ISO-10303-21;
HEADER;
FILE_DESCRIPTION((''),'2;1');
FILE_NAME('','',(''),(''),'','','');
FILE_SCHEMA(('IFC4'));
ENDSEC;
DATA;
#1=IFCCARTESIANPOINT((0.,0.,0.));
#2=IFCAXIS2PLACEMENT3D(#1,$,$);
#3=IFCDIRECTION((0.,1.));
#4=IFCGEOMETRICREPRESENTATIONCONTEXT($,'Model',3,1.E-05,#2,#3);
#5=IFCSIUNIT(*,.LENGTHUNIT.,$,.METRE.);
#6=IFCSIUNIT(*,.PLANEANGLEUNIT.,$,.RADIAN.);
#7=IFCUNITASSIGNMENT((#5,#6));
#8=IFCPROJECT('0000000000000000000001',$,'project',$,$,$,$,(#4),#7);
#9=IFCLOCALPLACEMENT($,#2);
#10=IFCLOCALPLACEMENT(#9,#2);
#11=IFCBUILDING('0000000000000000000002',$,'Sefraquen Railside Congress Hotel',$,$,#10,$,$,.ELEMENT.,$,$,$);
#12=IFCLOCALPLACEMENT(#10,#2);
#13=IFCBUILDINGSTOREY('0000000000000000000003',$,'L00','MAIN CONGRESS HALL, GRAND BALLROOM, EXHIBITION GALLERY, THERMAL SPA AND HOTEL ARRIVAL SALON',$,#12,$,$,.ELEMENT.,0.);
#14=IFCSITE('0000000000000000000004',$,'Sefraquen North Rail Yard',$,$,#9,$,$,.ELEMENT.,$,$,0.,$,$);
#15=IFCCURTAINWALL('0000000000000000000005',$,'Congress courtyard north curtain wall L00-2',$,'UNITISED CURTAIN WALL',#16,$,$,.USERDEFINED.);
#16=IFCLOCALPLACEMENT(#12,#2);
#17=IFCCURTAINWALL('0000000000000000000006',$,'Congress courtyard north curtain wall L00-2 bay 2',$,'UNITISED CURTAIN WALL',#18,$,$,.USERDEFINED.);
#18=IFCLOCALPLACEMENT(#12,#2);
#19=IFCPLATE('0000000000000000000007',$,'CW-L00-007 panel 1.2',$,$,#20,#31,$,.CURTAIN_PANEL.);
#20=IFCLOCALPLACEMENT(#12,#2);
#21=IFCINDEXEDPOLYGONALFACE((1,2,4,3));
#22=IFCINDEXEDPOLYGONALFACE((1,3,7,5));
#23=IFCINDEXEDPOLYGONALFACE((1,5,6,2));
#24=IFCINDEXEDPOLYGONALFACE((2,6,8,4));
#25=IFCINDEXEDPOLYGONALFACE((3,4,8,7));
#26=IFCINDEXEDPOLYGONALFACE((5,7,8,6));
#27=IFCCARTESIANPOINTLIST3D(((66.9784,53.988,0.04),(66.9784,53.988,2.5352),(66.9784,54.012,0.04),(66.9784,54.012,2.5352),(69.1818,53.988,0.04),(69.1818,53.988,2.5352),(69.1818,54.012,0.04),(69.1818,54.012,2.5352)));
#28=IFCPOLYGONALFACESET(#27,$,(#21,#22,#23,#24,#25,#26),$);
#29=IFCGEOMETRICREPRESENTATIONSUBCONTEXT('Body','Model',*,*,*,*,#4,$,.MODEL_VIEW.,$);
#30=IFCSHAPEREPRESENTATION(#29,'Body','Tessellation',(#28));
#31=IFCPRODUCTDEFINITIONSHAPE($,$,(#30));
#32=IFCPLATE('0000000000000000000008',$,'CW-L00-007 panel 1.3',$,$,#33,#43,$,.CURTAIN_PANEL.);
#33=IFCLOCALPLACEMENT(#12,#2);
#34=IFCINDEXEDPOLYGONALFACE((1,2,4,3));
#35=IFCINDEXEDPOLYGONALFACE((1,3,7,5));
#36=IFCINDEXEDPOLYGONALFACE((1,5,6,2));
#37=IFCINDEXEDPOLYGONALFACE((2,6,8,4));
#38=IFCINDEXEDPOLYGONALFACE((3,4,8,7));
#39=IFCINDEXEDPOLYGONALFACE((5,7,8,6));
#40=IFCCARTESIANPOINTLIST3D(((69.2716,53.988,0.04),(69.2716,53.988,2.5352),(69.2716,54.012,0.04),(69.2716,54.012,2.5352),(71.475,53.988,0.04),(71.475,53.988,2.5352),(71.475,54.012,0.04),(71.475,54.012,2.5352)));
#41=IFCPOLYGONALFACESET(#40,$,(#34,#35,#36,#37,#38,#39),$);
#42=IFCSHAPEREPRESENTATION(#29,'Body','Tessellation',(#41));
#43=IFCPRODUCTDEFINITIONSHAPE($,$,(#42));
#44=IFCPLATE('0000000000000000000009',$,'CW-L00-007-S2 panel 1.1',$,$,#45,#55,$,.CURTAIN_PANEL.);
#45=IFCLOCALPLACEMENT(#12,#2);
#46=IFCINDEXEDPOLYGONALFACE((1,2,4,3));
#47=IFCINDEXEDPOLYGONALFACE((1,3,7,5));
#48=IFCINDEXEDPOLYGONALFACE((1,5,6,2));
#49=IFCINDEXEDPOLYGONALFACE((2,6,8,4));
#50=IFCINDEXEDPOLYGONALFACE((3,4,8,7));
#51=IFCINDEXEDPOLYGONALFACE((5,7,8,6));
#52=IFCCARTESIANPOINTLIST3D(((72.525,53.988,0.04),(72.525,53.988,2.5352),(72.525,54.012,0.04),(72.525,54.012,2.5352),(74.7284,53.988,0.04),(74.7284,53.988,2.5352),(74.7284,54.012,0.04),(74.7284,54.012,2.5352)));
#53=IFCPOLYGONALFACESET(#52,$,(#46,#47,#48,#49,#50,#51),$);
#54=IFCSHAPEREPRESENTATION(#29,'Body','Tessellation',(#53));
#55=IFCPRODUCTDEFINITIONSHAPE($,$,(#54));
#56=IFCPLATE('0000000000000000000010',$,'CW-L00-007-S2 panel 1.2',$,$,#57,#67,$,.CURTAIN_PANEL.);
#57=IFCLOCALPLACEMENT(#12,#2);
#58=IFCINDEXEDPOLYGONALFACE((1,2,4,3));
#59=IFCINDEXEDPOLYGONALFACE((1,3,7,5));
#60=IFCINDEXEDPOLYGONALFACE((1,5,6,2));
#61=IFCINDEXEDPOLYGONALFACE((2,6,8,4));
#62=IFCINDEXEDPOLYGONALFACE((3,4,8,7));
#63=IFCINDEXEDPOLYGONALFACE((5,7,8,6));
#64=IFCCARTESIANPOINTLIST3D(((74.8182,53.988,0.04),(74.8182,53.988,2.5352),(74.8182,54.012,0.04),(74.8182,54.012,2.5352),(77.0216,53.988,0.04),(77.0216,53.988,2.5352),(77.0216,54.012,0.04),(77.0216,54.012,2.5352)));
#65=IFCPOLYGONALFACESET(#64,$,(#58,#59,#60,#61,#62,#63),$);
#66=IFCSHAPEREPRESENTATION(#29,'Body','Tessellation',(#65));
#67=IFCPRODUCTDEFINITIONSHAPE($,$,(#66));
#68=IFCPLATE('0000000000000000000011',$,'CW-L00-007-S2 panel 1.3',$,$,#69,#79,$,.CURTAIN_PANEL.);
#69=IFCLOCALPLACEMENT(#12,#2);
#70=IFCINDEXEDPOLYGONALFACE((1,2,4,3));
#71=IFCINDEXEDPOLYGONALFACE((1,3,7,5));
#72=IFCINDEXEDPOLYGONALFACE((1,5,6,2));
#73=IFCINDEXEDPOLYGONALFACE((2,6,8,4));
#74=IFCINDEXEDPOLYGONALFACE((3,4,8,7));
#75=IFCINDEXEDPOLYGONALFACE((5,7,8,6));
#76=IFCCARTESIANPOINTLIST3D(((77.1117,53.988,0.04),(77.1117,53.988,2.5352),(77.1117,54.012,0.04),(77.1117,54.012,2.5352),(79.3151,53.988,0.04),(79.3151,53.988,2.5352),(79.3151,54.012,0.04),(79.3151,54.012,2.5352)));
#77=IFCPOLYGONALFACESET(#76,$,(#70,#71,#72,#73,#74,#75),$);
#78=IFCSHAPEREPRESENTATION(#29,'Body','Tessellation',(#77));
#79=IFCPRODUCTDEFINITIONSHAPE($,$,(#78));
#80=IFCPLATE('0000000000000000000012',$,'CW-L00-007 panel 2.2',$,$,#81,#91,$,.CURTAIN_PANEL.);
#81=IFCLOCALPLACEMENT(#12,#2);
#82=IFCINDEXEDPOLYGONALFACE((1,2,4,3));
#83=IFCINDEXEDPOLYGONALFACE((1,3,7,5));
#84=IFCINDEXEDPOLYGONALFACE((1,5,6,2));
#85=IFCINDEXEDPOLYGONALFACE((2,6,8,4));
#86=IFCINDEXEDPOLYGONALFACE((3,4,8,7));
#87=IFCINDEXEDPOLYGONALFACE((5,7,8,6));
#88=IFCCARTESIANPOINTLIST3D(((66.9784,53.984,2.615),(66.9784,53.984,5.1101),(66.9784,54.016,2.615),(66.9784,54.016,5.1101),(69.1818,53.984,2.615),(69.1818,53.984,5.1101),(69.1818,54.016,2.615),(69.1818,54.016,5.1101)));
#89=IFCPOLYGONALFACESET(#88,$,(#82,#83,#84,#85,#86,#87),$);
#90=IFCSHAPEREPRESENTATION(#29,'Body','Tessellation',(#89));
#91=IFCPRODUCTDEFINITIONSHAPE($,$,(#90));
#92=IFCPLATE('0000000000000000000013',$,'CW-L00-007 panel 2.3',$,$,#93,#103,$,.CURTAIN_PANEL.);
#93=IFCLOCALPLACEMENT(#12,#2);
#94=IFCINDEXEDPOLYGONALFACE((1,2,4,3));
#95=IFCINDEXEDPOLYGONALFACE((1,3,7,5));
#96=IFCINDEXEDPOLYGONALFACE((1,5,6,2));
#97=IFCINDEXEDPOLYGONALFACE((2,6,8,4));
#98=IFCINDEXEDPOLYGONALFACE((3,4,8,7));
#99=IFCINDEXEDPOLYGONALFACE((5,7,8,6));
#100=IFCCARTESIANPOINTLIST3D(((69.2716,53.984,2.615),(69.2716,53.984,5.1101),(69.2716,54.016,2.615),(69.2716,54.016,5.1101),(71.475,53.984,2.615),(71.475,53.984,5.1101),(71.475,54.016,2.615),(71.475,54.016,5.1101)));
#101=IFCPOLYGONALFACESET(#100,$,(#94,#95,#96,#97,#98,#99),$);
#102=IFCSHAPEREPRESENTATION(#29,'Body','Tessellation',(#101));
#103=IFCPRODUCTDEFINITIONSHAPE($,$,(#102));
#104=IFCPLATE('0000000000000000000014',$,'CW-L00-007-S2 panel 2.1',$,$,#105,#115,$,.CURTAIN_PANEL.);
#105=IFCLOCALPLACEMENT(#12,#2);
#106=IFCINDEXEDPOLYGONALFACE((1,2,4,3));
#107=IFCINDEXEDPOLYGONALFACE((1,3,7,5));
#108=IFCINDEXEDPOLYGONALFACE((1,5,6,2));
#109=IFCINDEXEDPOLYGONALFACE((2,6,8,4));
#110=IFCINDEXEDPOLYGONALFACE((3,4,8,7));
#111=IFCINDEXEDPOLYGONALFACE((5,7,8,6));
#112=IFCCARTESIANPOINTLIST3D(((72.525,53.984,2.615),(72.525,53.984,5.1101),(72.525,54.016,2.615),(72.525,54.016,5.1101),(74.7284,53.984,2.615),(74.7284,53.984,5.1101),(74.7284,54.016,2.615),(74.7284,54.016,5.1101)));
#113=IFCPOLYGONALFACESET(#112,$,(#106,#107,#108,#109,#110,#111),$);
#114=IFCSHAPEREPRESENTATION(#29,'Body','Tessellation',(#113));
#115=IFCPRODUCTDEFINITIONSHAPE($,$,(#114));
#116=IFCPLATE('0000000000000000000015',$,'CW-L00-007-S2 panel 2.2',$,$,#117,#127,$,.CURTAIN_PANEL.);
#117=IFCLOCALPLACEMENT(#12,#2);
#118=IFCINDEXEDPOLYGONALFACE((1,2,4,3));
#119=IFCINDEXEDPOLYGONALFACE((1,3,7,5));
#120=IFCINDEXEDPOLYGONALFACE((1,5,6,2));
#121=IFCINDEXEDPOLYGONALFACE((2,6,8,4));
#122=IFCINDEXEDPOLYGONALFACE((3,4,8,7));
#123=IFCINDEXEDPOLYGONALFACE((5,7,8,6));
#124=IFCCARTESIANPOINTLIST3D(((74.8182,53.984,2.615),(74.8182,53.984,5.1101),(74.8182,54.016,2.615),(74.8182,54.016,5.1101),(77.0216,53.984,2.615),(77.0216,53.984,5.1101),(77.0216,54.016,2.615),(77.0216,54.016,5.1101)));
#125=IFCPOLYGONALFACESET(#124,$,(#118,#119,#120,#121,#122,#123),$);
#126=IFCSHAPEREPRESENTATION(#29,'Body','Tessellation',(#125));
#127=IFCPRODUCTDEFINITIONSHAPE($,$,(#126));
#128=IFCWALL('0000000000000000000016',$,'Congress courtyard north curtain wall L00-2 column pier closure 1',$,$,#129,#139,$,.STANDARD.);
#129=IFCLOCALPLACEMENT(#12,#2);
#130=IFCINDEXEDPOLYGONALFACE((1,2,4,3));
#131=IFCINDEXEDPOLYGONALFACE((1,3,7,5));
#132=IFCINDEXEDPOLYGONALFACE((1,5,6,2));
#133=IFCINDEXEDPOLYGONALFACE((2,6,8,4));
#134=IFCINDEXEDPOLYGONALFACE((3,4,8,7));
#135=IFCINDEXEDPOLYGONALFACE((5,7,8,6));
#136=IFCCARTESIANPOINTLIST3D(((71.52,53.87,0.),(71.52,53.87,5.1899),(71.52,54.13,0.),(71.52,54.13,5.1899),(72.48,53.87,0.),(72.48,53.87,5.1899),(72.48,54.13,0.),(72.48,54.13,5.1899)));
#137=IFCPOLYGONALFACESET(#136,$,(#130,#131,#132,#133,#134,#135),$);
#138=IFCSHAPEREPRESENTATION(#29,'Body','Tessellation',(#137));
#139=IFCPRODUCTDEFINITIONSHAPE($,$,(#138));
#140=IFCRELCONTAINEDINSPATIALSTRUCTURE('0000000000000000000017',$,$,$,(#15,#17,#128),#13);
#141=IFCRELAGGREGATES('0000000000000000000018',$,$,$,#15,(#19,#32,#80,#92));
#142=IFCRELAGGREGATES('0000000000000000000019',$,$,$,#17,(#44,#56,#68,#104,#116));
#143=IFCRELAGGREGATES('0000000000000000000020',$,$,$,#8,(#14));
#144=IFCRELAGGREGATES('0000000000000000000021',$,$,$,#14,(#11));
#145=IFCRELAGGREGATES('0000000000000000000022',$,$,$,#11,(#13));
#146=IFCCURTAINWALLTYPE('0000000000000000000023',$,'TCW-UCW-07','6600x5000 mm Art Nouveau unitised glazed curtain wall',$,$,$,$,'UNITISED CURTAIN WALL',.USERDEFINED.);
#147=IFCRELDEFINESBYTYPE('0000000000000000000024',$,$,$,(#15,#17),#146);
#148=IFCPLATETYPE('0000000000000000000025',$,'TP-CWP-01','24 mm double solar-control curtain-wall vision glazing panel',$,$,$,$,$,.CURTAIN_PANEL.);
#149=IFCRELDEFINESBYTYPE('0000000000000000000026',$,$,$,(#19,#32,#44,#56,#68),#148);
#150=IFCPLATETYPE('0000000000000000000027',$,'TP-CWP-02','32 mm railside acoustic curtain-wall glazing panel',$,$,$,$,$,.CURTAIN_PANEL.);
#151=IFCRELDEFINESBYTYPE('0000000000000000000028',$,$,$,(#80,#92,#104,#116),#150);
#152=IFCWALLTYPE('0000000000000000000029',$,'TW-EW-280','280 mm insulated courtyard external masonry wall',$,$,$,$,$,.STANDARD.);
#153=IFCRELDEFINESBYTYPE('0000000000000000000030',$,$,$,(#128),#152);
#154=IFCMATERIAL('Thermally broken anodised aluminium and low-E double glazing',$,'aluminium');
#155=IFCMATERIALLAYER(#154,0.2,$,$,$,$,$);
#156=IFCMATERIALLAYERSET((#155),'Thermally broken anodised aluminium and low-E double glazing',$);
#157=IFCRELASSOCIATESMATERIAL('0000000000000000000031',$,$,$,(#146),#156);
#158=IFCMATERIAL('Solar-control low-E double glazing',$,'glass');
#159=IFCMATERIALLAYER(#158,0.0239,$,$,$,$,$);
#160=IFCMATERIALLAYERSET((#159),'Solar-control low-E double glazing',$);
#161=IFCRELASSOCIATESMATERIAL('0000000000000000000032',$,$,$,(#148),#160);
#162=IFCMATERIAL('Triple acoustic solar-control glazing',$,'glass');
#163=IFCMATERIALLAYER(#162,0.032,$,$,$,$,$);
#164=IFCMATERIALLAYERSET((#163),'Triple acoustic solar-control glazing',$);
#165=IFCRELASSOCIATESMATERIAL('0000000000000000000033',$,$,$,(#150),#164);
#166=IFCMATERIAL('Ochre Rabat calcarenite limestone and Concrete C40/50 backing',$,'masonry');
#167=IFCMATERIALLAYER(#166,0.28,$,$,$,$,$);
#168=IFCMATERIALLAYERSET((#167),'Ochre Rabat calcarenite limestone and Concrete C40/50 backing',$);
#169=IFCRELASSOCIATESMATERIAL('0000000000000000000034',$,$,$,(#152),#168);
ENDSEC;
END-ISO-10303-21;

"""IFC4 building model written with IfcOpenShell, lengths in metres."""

from ifc_helpers import new_model, si_unit, direction, frame, frame_2d, origin, origin_2d, place, context, subcontext, project, spatial, rectangle, extrude, material, layer, layer_set, type_object, element, aggregate, save


model = new_model("IFC4")

# Units and contexts
model_context = context("Model", 3, precision=1e-05, world=origin(), true_north=direction((0.0, 1.0)))
body_context = subcontext(model_context, "Body", "Model", "MODEL_VIEW")
ifc_project = project(units=[si_unit("LENGTHUNIT", "METRE"), si_unit("PLANEANGLEUNIT", "RADIAN")], contexts=[model_context])

# Site, building, storey
site_placement = place(None, origin())
site = spatial("IfcSite", under=ifc_project, at=site_placement, Name="Sefraquen North Rail Yard", CompositionType="ELEMENT", RefElevation=0.0)
building_placement = place(site_placement, origin())
building = spatial("IfcBuilding", under=site, at=building_placement, Name="Sefraquen Railside Congress Hotel", CompositionType="ELEMENT")
storey_placement = place(building_placement, origin())
storey = spatial("IfcBuildingStorey", under=building, at=storey_placement, Name="L00", Description="MAIN CONGRESS HALL, GRAND BALLROOM, EXHIBITION GALLERY, THERMAL SPA AND HOTEL ARRIVAL SALON", CompositionType="ELEMENT", Elevation=0.0)

# Curtain wall
ifc_material_1 = material(Name="Thermally broken anodised aluminium and low-E double glazing", Category="aluminium")
ifc_layer_1 = layer(ifc_material_1, 0.2)
ifc_layer_set_1 = layer_set([ifc_layer_1], Name="Thermally broken anodised aluminium and low-E double glazing")
curtain_wall_type = type_object("IfcCurtainWallType", Name="TCW-UCW-07", Description="6600x5000 mm Art Nouveau unitised glazed curtain wall", ElementType="UNITISED CURTAIN WALL", PredefinedType="USERDEFINED", material=ifc_layer_set_1)
curtain_wall_1_placement = place(storey_placement, origin())
curtain_wall_1 = element("IfcCurtainWall", 1, at=curtain_wall_1_placement, inside=storey, type_object=curtain_wall_type, Name="Congress courtyard north curtain wall L00-2", ObjectType="UNITISED CURTAIN WALL", PredefinedType="USERDEFINED")

# Curtain wall
curtain_wall_2_placement = place(storey_placement, origin())
curtain_wall_2 = element("IfcCurtainWall", 2, at=curtain_wall_2_placement, inside=storey, type_object=curtain_wall_type, Name="Congress courtyard north curtain wall L00-2 bay 2", ObjectType="UNITISED CURTAIN WALL", PredefinedType="USERDEFINED")

# Plates
ifc_material_2 = material(Name="Solar-control low-E double glazing", Category="glass")
ifc_layer_2 = layer(ifc_material_2, 0.0239)
ifc_layer_set_2 = layer_set([ifc_layer_2], Name="Solar-control low-E double glazing")
plate_type_1 = type_object("IfcPlateType", Name="TP-CWP-01", Description="24 mm double solar-control curtain-wall vision glazing panel", PredefinedType="CURTAIN_PANEL", material=ifc_layer_set_2)
plate_1_placement = place(storey_placement, frame((68.0801, 54.0, 0.04), z_axis=(0.0, 0.0, 1.0), x_axis=(1.0, 0.0, 0.0)))
plate_1 = element("IfcPlate", 3, at=plate_1_placement, type_object=plate_type_1, Name="CW-L00-007 panel 1.2", PredefinedType="CURTAIN_PANEL", context=body_context, shape_type="SweptSolid", body=[
    extrude(rectangle(XDim=2.2034, YDim=0.0239, at=origin_2d()), origin(), (0.0, 0.0, 1.0), 2.4951),
])
plate_2_placement = place(storey_placement, frame((70.3733, 54.0, 0.04), z_axis=(0.0, 0.0, 1.0), x_axis=(1.0, 0.0, 0.0)))
plate_2 = element("IfcPlate", 4, at=plate_2_placement, type_object=plate_type_1, Name="CW-L00-007 panel 1.3", PredefinedType="CURTAIN_PANEL", context=body_context, shape_type="SweptSolid", body=[
    extrude(rectangle(XDim=2.2034, YDim=0.0239, at=origin_2d()), origin(), (0.0, 0.0, 1.0), 2.4951),
])
plate_3_placement = place(storey_placement, frame((73.6267, 54.0, 0.04), z_axis=(0.0, 0.0, 1.0), x_axis=(1.0, 0.0, 0.0)))
plate_3 = element("IfcPlate", 5, at=plate_3_placement, type_object=plate_type_1, Name="CW-L00-007-S2 panel 1.1", PredefinedType="CURTAIN_PANEL", context=body_context, shape_type="SweptSolid", body=[
    extrude(rectangle(XDim=2.2034, YDim=0.0239, at=origin_2d()), origin(), (0.0, 0.0, 1.0), 2.4951),
])
plate_4_placement = place(storey_placement, frame((75.9199, 54.0, 0.04), z_axis=(0.0, 0.0, 1.0), x_axis=(1.0, 0.0, 0.0)))
plate_4 = element("IfcPlate", 6, at=plate_4_placement, type_object=plate_type_1, Name="CW-L00-007-S2 panel 1.2", PredefinedType="CURTAIN_PANEL", context=body_context, shape_type="SweptSolid", body=[
    extrude(rectangle(XDim=2.2034, YDim=0.0239, at=origin_2d()), origin(), (0.0, 0.0, 1.0), 2.4951),
])
plate_5_placement = place(storey_placement, frame((78.2134, 54.0, 0.04), z_axis=(0.0, 0.0, 1.0), x_axis=(1.0, 0.0, 0.0)))
plate_5 = element("IfcPlate", 7, at=plate_5_placement, type_object=plate_type_1, Name="CW-L00-007-S2 panel 1.3", PredefinedType="CURTAIN_PANEL", context=body_context, shape_type="SweptSolid", body=[
    extrude(rectangle(XDim=2.2034, YDim=0.0239, at=origin_2d()), origin(), (0.0, 0.0, 1.0), 2.4951),
])
ifc_material_3 = material(Name="Triple acoustic solar-control glazing", Category="glass")
ifc_layer_3 = layer(ifc_material_3, 0.032)
ifc_layer_set_3 = layer_set([ifc_layer_3], Name="Triple acoustic solar-control glazing")
plate_type_2 = type_object("IfcPlateType", Name="TP-CWP-02", Description="32 mm railside acoustic curtain-wall glazing panel", PredefinedType="CURTAIN_PANEL", material=ifc_layer_set_3)
plate_6_placement = place(storey_placement, frame((68.0801, 54.0, 2.615), z_axis=(0.0, 0.0, 1.0), x_axis=(1.0, 0.0, 0.0)))
plate_6 = element("IfcPlate", 8, at=plate_6_placement, type_object=plate_type_2, Name="CW-L00-007 panel 2.2", PredefinedType="CURTAIN_PANEL", context=body_context, shape_type="SweptSolid", body=[
    extrude(rectangle(XDim=2.2034, YDim=0.032, at=origin_2d()), origin(), (0.0, 0.0, 1.0), 2.4951),
])
plate_7_placement = place(storey_placement, frame((70.3733, 54.0, 2.615), z_axis=(0.0, 0.0, 1.0), x_axis=(1.0, 0.0, 0.0)))
plate_7 = element("IfcPlate", 9, at=plate_7_placement, type_object=plate_type_2, Name="CW-L00-007 panel 2.3", PredefinedType="CURTAIN_PANEL", context=body_context, shape_type="SweptSolid", body=[
    extrude(rectangle(XDim=2.2034, YDim=0.032, at=origin_2d()), origin(), (0.0, 0.0, 1.0), 2.4951),
])
aggregate(curtain_wall_1, [plate_1, plate_2, plate_6, plate_7])
plate_8_placement = place(storey_placement, frame((73.6267, 54.0, 2.615), z_axis=(0.0, 0.0, 1.0), x_axis=(1.0, 0.0, 0.0)))
plate_8 = element("IfcPlate", 10, at=plate_8_placement, type_object=plate_type_2, Name="CW-L00-007-S2 panel 2.1", PredefinedType="CURTAIN_PANEL", context=body_context, shape_type="SweptSolid", body=[
    extrude(rectangle(XDim=2.2034, YDim=0.032, at=origin_2d()), origin(), (0.0, 0.0, 1.0), 2.4951),
])
plate_9_placement = place(storey_placement, frame((75.9199, 54.0, 2.615), z_axis=(0.0, 0.0, 1.0), x_axis=(1.0, 0.0, 0.0)))
plate_9 = element("IfcPlate", 11, at=plate_9_placement, type_object=plate_type_2, Name="CW-L00-007-S2 panel 2.2", PredefinedType="CURTAIN_PANEL", context=body_context, shape_type="SweptSolid", body=[
    extrude(rectangle(XDim=2.2034, YDim=0.032, at=origin_2d()), origin(), (0.0, 0.0, 1.0), 2.4951),
])
aggregate(curtain_wall_2, [plate_3, plate_4, plate_5, plate_8, plate_9])

# Wall
ifc_material_4 = material(Name="Ochre Rabat calcarenite limestone and Concrete C40/50 backing", Category="masonry")
ifc_layer_4 = layer(ifc_material_4, 0.28)
ifc_layer_set_4 = layer_set([ifc_layer_4], Name="Ochre Rabat calcarenite limestone and Concrete C40/50 backing")
wall_type = type_object("IfcWallType", Name="TW-EW-280", Description="280 mm insulated courtyard external masonry wall", PredefinedType="STANDARD", material=ifc_layer_set_4)
wall_placement = place(storey_placement, frame((71.52, 54.0, 0.0), z_axis=(0.0, 0.0, 1.0), x_axis=(1.0, 0.0, 0.0)))
element("IfcWall", 12, at=wall_placement, inside=storey, type_object=wall_type, Name="Congress courtyard north curtain wall L00-2 column pier closure 1", PredefinedType="STANDARD", context=body_context, shape_type="SweptSolid", body=[
    extrude(rectangle(XDim=0.96, YDim=0.26, at=frame_2d((0.48, 0.0))), origin(), (0.0, 0.0, 1.0), 5.1899),
])

save(model, "model.ifc")
